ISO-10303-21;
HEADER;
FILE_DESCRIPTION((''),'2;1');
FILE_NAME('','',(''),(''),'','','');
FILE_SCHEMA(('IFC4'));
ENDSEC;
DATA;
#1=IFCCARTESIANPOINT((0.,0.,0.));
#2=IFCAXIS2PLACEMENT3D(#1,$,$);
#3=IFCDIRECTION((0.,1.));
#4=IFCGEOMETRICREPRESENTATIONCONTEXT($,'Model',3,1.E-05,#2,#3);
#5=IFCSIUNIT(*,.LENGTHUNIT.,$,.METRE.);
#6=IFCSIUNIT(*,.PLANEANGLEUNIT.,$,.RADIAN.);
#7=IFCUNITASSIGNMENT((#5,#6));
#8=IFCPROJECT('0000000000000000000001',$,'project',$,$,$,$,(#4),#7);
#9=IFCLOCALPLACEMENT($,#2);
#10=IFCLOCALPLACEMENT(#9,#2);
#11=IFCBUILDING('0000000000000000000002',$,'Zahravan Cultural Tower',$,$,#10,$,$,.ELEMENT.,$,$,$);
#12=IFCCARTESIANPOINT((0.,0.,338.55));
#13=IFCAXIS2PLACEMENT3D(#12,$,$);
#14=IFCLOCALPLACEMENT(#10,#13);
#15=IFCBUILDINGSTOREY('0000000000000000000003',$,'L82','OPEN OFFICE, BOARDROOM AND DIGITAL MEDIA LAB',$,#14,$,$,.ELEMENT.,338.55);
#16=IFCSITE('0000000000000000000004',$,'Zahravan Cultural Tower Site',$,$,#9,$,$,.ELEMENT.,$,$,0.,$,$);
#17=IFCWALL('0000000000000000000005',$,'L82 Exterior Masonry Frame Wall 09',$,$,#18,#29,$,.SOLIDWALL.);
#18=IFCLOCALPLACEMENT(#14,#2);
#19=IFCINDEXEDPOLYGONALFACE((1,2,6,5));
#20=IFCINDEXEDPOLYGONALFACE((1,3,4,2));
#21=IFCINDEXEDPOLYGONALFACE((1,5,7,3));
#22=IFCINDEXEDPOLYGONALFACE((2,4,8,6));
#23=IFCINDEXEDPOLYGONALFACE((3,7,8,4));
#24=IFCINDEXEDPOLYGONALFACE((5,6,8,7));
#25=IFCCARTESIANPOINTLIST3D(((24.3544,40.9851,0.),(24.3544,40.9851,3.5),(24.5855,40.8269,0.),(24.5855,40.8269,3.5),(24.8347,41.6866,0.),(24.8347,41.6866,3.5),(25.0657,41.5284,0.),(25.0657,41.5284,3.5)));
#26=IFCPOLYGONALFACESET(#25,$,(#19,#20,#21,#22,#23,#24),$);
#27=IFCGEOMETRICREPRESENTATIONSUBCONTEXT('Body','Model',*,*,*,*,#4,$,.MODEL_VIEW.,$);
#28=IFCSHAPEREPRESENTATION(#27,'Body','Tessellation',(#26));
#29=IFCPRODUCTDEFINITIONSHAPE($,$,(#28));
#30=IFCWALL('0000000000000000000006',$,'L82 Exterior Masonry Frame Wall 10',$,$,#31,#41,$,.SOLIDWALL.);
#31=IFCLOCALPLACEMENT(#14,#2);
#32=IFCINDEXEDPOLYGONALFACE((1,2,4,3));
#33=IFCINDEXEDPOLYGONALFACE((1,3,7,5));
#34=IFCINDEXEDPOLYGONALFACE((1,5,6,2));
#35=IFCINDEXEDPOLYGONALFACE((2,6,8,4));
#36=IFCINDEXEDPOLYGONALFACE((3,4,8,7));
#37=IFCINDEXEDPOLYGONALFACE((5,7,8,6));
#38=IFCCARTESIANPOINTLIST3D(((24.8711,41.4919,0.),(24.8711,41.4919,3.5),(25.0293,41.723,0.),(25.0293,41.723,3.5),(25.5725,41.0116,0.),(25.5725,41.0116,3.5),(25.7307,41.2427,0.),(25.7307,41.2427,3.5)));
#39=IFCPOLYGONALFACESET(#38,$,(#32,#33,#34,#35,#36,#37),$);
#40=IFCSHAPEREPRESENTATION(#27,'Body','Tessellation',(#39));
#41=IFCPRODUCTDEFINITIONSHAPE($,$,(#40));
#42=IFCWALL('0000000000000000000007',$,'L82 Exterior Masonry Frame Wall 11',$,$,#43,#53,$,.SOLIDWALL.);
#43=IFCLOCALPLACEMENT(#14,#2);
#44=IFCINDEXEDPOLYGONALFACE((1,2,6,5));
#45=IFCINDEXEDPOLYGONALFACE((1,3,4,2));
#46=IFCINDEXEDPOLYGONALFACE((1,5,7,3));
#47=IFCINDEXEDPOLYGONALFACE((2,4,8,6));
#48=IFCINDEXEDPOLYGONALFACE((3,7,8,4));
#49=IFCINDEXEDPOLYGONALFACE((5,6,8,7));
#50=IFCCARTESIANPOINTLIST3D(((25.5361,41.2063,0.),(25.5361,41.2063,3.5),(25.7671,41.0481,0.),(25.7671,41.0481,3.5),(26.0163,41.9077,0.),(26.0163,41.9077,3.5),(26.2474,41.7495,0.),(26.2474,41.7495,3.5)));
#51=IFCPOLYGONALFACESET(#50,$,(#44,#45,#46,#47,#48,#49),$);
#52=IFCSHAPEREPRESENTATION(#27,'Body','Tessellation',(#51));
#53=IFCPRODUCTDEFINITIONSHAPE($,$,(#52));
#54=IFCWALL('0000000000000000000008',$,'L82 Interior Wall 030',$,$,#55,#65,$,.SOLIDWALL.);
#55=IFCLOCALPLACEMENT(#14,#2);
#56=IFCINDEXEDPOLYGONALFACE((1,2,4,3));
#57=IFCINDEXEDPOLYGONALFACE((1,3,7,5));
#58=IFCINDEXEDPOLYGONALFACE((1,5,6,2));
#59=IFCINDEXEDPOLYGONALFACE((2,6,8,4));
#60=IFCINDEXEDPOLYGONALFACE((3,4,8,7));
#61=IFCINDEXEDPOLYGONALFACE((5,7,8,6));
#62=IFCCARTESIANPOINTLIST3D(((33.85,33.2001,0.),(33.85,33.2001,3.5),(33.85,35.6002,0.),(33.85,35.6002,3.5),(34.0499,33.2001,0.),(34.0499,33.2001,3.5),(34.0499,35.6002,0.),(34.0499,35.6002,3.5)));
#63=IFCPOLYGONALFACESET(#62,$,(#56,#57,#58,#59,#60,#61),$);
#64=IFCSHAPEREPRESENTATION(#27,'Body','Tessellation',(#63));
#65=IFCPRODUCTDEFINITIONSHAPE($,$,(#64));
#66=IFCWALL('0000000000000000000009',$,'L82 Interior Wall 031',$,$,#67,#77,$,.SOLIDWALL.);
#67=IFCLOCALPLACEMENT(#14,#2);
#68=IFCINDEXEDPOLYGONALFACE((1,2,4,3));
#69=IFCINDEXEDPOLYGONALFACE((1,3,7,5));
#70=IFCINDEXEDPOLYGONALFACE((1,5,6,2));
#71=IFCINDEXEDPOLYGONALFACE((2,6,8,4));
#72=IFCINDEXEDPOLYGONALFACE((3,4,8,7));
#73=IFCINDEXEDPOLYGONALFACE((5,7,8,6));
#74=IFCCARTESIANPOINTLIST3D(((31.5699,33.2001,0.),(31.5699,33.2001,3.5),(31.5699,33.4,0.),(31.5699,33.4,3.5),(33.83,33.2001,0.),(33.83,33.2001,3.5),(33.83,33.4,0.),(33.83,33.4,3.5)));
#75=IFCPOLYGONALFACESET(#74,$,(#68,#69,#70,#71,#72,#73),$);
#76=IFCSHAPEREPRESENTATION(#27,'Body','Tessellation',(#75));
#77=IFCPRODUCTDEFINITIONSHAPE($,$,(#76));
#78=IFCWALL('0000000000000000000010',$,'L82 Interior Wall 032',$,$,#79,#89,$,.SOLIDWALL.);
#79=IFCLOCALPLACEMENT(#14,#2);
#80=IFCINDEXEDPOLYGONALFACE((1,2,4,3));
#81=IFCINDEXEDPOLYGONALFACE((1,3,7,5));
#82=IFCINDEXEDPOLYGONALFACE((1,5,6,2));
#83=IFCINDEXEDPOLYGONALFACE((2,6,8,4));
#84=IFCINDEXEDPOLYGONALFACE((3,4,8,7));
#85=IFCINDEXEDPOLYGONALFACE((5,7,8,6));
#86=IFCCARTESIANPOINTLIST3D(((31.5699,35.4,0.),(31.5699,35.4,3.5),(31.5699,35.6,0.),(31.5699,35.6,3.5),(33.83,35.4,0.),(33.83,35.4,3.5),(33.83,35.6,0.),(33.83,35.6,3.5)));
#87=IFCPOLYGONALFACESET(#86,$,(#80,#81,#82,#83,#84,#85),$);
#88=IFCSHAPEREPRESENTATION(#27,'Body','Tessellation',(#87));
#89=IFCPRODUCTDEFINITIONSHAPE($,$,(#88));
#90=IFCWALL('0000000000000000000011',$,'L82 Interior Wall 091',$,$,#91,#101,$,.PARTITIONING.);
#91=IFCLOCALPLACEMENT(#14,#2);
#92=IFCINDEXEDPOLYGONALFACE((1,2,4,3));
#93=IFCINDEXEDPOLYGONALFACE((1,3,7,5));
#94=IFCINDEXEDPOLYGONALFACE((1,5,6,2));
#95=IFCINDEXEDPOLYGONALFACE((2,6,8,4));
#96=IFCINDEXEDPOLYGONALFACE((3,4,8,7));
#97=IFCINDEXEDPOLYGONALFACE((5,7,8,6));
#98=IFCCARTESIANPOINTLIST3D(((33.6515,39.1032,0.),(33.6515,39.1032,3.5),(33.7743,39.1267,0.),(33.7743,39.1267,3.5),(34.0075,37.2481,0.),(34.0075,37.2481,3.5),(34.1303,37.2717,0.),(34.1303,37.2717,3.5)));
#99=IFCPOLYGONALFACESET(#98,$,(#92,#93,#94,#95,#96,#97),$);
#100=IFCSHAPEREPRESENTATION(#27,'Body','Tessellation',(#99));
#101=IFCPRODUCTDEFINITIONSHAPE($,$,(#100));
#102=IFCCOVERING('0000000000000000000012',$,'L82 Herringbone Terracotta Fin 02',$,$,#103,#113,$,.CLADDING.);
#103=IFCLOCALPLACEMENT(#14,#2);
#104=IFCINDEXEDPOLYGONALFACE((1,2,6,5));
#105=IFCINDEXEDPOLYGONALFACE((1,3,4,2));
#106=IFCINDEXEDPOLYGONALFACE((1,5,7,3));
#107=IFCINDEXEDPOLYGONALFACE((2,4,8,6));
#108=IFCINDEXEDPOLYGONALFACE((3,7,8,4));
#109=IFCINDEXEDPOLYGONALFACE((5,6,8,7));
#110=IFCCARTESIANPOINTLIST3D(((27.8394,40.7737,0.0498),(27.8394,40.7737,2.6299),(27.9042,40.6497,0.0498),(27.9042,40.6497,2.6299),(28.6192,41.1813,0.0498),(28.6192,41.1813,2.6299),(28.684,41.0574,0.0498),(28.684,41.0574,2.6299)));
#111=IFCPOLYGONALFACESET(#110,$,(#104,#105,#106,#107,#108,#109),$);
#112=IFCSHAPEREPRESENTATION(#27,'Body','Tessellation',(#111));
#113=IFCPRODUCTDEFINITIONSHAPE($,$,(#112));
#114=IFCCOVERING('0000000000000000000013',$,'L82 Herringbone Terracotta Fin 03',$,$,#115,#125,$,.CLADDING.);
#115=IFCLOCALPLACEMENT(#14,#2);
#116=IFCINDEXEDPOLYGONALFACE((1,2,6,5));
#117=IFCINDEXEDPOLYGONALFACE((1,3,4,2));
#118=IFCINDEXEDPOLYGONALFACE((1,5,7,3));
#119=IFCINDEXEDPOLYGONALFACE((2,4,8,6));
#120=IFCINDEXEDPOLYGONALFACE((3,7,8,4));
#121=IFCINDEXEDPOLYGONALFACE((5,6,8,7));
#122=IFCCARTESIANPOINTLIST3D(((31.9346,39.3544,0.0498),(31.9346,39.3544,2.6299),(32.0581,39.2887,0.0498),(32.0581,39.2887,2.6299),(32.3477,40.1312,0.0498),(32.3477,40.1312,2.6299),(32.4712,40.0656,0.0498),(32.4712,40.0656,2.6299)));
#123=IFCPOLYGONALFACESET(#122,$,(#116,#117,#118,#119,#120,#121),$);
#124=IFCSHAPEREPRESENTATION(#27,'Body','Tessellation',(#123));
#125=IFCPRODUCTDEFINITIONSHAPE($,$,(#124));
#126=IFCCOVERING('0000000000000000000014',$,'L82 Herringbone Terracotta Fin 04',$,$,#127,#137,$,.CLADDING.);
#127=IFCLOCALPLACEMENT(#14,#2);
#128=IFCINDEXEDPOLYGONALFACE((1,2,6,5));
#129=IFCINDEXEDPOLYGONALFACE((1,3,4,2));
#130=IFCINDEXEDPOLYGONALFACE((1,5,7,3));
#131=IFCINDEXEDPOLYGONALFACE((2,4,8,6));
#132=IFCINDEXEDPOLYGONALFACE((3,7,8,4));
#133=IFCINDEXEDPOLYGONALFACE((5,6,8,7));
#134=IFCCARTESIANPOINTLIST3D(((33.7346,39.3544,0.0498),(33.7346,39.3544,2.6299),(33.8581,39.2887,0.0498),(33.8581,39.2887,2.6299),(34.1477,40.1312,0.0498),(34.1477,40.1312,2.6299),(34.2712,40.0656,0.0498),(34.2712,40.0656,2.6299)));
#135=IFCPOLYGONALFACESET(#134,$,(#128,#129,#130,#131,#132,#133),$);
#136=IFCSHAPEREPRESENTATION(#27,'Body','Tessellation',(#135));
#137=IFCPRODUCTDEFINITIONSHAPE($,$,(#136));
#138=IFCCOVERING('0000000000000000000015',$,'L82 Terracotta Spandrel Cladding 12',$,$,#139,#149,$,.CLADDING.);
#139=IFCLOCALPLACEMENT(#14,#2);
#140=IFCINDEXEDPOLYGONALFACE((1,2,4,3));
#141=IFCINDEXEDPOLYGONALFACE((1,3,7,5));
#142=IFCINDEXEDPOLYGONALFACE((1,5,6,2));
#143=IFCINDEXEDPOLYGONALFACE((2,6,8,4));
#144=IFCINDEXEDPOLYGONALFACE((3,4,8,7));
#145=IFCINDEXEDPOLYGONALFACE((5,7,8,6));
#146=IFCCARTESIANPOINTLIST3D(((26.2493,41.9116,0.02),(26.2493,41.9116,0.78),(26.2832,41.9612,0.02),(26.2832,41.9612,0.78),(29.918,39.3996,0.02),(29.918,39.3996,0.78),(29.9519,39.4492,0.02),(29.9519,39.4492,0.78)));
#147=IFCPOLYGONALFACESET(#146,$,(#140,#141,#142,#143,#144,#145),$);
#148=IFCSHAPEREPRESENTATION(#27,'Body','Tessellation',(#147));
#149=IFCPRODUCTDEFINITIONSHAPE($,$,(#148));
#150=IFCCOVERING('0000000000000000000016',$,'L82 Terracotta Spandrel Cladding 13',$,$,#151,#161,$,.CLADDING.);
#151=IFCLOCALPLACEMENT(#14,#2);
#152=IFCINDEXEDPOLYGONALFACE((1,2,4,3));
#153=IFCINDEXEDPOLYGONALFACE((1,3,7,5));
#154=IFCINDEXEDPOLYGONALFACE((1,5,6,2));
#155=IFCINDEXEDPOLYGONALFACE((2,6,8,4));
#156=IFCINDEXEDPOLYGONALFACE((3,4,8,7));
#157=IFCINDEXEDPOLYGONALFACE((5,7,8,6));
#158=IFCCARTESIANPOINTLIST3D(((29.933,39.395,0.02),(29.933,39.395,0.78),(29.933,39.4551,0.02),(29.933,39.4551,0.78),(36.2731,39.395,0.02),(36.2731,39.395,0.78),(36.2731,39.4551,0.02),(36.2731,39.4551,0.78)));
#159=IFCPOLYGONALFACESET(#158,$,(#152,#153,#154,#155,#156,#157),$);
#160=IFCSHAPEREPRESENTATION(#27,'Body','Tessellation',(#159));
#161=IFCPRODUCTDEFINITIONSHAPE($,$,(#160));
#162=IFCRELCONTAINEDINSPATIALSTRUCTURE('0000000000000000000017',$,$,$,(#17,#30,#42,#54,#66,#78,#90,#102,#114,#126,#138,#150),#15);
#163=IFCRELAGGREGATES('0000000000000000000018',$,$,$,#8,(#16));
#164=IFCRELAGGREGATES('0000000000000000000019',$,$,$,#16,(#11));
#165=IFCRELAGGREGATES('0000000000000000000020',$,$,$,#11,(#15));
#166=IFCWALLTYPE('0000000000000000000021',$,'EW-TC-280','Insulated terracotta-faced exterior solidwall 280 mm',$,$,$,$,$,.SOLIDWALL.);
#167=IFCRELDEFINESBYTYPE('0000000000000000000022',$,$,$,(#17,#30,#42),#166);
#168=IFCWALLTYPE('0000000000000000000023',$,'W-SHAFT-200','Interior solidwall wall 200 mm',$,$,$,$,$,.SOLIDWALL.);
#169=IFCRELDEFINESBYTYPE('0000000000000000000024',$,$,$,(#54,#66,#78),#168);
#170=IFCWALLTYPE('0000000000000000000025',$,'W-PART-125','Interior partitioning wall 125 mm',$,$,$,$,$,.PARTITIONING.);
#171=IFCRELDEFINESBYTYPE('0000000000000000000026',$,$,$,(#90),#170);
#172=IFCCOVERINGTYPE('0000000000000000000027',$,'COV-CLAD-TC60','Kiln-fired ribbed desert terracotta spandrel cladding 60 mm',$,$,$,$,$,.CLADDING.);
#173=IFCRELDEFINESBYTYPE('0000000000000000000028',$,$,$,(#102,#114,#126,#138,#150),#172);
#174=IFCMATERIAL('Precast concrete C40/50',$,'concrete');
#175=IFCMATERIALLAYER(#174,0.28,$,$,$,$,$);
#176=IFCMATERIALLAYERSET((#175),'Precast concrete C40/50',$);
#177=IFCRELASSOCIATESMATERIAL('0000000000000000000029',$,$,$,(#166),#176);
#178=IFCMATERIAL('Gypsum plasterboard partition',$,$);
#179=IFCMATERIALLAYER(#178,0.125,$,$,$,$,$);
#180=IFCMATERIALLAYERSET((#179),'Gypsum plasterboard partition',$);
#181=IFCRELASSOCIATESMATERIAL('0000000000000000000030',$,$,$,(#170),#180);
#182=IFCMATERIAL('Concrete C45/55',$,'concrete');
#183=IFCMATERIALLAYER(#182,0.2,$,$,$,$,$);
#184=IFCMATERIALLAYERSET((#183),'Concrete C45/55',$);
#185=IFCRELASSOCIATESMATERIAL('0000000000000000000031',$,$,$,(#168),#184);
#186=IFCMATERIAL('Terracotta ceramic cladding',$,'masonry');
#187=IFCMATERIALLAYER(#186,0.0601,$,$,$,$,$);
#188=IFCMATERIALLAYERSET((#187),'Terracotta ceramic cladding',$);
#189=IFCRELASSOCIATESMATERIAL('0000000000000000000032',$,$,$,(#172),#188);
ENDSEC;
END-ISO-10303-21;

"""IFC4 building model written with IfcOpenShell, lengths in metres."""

from ifc_helpers import new_model, si_unit, direction, frame, frame_2d, origin, origin_2d, place, context, subcontext, project, spatial, rectangle, extrude, source, transform, mapped, material, layer, layer_set, type_object, element, save


model = new_model("IFC4")

# Units and contexts
model_context = context("Model", 3, precision=1e-05, world=origin(), true_north=direction((0.0, 1.0)))
body_context = subcontext(model_context, "Body", "Model", "MODEL_VIEW")
ifc_project = project(units=[si_unit("LENGTHUNIT", "METRE"), si_unit("PLANEANGLEUNIT", "RADIAN")], contexts=[model_context])

# Site, building, storey
site_placement = place(None, origin())
site = spatial("IfcSite", under=ifc_project, at=site_placement, Name="Zahravan Cultural Tower Site", CompositionType="ELEMENT", RefElevation=0.0)
building_placement = place(site_placement, origin())
building = spatial("IfcBuilding", under=site, at=building_placement, Name="Zahravan Cultural Tower", CompositionType="ELEMENT")
storey_placement = place(building_placement, frame((0.0, 0.0, 338.55)))
storey = spatial("IfcBuildingStorey", under=building, at=storey_placement, Name="L82", Description="OPEN OFFICE, BOARDROOM AND DIGITAL MEDIA LAB", CompositionType="ELEMENT", Elevation=338.55)

# Shared definitions
ifc_material_1 = material(Name="Precast concrete C40/50", Category="concrete")
ifc_layer_1 = layer(ifc_material_1, 0.28)
ifc_layer_set_1 = layer_set([ifc_layer_1], Name="Precast concrete C40/50")
wall_type_1 = type_object("IfcWallType", Name="EW-TC-280", Description="Insulated terracotta-faced exterior solidwall 280 mm", PredefinedType="SOLIDWALL", material=ifc_layer_set_1)

# Shared definitions
ifc_material_2 = material(Name="Gypsum plasterboard partition")
ifc_layer_2 = layer(ifc_material_2, 0.125)
ifc_layer_set_2 = layer_set([ifc_layer_2], Name="Gypsum plasterboard partition")
wall_type_2 = type_object("IfcWallType", Name="W-PART-125", Description="Interior partitioning wall 125 mm", PredefinedType="PARTITIONING", material=ifc_layer_set_2)
ifc_material_3 = material(Name="Concrete C45/55", Category="concrete")
ifc_layer_3 = layer(ifc_material_3, 0.2)
ifc_layer_set_3 = layer_set([ifc_layer_3], Name="Concrete C45/55")
wall_type_3 = type_object("IfcWallType", Name="W-SHAFT-200", Description="Interior solidwall wall 200 mm", PredefinedType="SOLIDWALL", material=ifc_layer_set_3)

# Walls
shared_shape_1 = source(origin(), body_context, "Body", "SweptSolid", [
    extrude(rectangle(XDim=0.8501, YDim=0.28, at=frame_2d((0.425, 0.0))), origin(), (0.0, 0.0, 1.0), 3.5),
])
for number, where, z_axis, x_axis, name in (
    (1, (24.47, 40.906, 0.0), (0.0, 0.0, 1.0), (0.564931, 0.825138, 0.0), "L82 Exterior Masonry Frame Wall 09"),
    (2, (24.9502, 41.6074, 0.0), (0.0, 0.0, 1.0), (0.825138, -0.564931, 0.0), "L82 Exterior Masonry Frame Wall 10"),
    (3, (25.6516, 41.1272, 0.0), (0.0, 0.0, 1.0), (0.564931, 0.825138, 0.0), "L82 Exterior Masonry Frame Wall 11"),
):
    element("IfcWall", number, at=place(storey_placement, frame(where, z_axis=z_axis, x_axis=x_axis)), inside=storey, type_object=wall_type_1, Name=name, PredefinedType="SOLIDWALL", context=body_context, shape_type="MappedRepresentation", body=[
        mapped(shared_shape_1, transform((0.0, 0.0, 0.0), x_axis=(1.0, 0.0, 0.0), y_axis=(0.0, 1.0, 0.0), z_axis=(0.0, 0.0, 1.0), scale=1.0)),
    ])
shared_shape_2 = source(origin(), body_context, "Body", "SweptSolid", [
    extrude(rectangle(XDim=2.4001, YDim=0.2, at=frame_2d((1.2002, 0.0))), origin(), (0.0, 0.0, 1.0), 3.5),
])
wall_1_placement = place(storey_placement, frame((33.95, 33.2, 0.0), z_axis=(0.0, 0.0, 1.0), x_axis=(0.0, 1.0, 0.0)))
element("IfcWall", 4, at=wall_1_placement, inside=storey, type_object=wall_type_3, Name="L82 Interior Wall 030", PredefinedType="SOLIDWALL", context=body_context, shape_type="MappedRepresentation", body=[
    mapped(shared_shape_2, transform((0.0, 0.0, 0.0), x_axis=(1.0, 0.0, 0.0), y_axis=(0.0, 1.0, 0.0), z_axis=(0.0, 0.0, 1.0), scale=1.0)),
])
shared_shape_3 = source(origin(), body_context, "Body", "SweptSolid", [
    extrude(rectangle(XDim=2.26, YDim=0.2, at=frame_2d((1.1299, 0.0))), origin(), (0.0, 0.0, 1.0), 3.5),
])
for number, where, z_axis, x_axis, name in (
    (5, (31.5701, 33.3, 0.0), (0.0, 0.0, 1.0), (1.0, 0.0, 0.0), "L82 Interior Wall 031"),
    (6, (31.5701, 35.5, 0.0), (0.0, 0.0, 1.0), (1.0, 0.0, 0.0), "L82 Interior Wall 032"),
):
    element("IfcWall", number, at=place(storey_placement, frame(where, z_axis=z_axis, x_axis=x_axis)), inside=storey, type_object=wall_type_3, Name=name, PredefinedType="SOLIDWALL", context=body_context, shape_type="MappedRepresentation", body=[
        mapped(shared_shape_3, transform((0.0, 0.0, 0.0), x_axis=(1.0, 0.0, 0.0), y_axis=(0.0, 1.0, 0.0), z_axis=(0.0, 0.0, 1.0), scale=1.0)),
    ])
shared_shape_4 = source(origin(), body_context, "Body", "SweptSolid", [
    extrude(rectangle(XDim=1.8889, YDim=0.125, at=frame_2d((0.9443, 0.0))), origin(), (0.0, 0.0, 1.0), 3.5),
])
wall_2_placement = place(storey_placement, frame((34.0688, 37.26, 0.0), z_axis=(0.0, 0.0, 1.0), x_axis=(-0.188454, 0.982082, 0.0)))
element("IfcWall", 7, at=wall_2_placement, inside=storey, type_object=wall_type_2, Name="L82 Interior Wall 091", PredefinedType="PARTITIONING", context=body_context, shape_type="MappedRepresentation", body=[
    mapped(shared_shape_4, transform((0.0, 0.0, 0.0), x_axis=(1.0, 0.0, 0.0), y_axis=(0.0, 1.0, 0.0), z_axis=(0.0, 0.0, 1.0), scale=1.0)),
])

# Coverings
ifc_material_4 = material(Name="Terracotta ceramic cladding", Category="masonry")
ifc_layer_4 = layer(ifc_material_4, 0.0601)
ifc_layer_set_4 = layer_set([ifc_layer_4], Name="Terracotta ceramic cladding")
covering_type = type_object("IfcCoveringType", Name="COV-CLAD-TC60", Description="Kiln-fired ribbed desert terracotta spandrel cladding 60 mm", PredefinedType="CLADDING", material=ifc_layer_set_4)
shared_shape_5 = source(origin(), body_context, "Body", "SweptSolid", [
    extrude(rectangle(XDim=0.8799, YDim=0.1399, at=origin_2d()), origin(), (0.0, 0.0, 1.0), 2.5801),
])
for number, where, z_axis, x_axis, name in (
    (8, (28.2617, 40.9155, 0.0498), (0.0, 0.0, 1.0), (0.886204, 0.463296, 0.0), "L82 Herringbone Terracotta Fin 02"),
    (9, (32.2029, 39.71, 0.0498), (0.0, 0.0, 1.0), (0.469472, 0.882948, 0.0), "L82 Herringbone Terracotta Fin 03"),
    (10, (34.0029, 39.71, 0.0498), (0.0, 0.0, 1.0), (0.469472, 0.882948, 0.0), "L82 Herringbone Terracotta Fin 04"),
):
    element("IfcCovering", number, at=place(storey_placement, frame(where, z_axis=z_axis, x_axis=x_axis)), inside=storey, type_object=covering_type, Name=name, PredefinedType="CLADDING", context=body_context, shape_type="MappedRepresentation", body=[
        mapped(shared_shape_5, transform((0.0, 0.0, 0.0), x_axis=(1.0, 0.0, 0.0), y_axis=(0.0, 1.0, 0.0), z_axis=(0.0, 0.0, 1.0), scale=1.0)),
    ])
shared_shape_6 = source(origin(), body_context, "Body", "SweptSolid", [
    extrude(rectangle(XDim=4.4463, YDim=0.0601, at=origin_2d()), origin(), (0.0, 0.0, 1.0), 0.76),
])
covering_1_placement = place(storey_placement, frame((28.1006, 40.6804, 0.02), z_axis=(0.0, 0.0, 1.0), x_axis=(0.825113, -0.564967, 0.0)))
element("IfcCovering", 11, at=covering_1_placement, inside=storey, type_object=covering_type, Name="L82 Terracotta Spandrel Cladding 12", PredefinedType="CLADDING", context=body_context, shape_type="MappedRepresentation", body=[
    mapped(shared_shape_6, transform((0.0, 0.0, 0.0), x_axis=(1.0, 0.0, 0.0), y_axis=(0.0, 1.0, 0.0), z_axis=(0.0, 0.0, 1.0), scale=1.0)),
])
shared_shape_7 = source(origin(), body_context, "Body", "SweptSolid", [
    extrude(rectangle(XDim=6.3401, YDim=0.0601, at=origin_2d()), origin(), (0.0, 0.0, 1.0), 0.76),
])
covering_2_placement = place(storey_placement, frame((33.103, 39.425, 0.02), z_axis=(0.0, 0.0, 1.0), x_axis=(1.0, 0.0, 0.0)))
element("IfcCovering", 12, at=covering_2_placement, inside=storey, type_object=covering_type, Name="L82 Terracotta Spandrel Cladding 13", PredefinedType="CLADDING", context=body_context, shape_type="MappedRepresentation", body=[
    mapped(shared_shape_7, transform((0.0, 0.0, 0.0), x_axis=(1.0, 0.0, 0.0), y_axis=(0.0, 1.0, 0.0), z_axis=(0.0, 0.0, 1.0), scale=1.0)),
])

save(model, "model.ifc")
